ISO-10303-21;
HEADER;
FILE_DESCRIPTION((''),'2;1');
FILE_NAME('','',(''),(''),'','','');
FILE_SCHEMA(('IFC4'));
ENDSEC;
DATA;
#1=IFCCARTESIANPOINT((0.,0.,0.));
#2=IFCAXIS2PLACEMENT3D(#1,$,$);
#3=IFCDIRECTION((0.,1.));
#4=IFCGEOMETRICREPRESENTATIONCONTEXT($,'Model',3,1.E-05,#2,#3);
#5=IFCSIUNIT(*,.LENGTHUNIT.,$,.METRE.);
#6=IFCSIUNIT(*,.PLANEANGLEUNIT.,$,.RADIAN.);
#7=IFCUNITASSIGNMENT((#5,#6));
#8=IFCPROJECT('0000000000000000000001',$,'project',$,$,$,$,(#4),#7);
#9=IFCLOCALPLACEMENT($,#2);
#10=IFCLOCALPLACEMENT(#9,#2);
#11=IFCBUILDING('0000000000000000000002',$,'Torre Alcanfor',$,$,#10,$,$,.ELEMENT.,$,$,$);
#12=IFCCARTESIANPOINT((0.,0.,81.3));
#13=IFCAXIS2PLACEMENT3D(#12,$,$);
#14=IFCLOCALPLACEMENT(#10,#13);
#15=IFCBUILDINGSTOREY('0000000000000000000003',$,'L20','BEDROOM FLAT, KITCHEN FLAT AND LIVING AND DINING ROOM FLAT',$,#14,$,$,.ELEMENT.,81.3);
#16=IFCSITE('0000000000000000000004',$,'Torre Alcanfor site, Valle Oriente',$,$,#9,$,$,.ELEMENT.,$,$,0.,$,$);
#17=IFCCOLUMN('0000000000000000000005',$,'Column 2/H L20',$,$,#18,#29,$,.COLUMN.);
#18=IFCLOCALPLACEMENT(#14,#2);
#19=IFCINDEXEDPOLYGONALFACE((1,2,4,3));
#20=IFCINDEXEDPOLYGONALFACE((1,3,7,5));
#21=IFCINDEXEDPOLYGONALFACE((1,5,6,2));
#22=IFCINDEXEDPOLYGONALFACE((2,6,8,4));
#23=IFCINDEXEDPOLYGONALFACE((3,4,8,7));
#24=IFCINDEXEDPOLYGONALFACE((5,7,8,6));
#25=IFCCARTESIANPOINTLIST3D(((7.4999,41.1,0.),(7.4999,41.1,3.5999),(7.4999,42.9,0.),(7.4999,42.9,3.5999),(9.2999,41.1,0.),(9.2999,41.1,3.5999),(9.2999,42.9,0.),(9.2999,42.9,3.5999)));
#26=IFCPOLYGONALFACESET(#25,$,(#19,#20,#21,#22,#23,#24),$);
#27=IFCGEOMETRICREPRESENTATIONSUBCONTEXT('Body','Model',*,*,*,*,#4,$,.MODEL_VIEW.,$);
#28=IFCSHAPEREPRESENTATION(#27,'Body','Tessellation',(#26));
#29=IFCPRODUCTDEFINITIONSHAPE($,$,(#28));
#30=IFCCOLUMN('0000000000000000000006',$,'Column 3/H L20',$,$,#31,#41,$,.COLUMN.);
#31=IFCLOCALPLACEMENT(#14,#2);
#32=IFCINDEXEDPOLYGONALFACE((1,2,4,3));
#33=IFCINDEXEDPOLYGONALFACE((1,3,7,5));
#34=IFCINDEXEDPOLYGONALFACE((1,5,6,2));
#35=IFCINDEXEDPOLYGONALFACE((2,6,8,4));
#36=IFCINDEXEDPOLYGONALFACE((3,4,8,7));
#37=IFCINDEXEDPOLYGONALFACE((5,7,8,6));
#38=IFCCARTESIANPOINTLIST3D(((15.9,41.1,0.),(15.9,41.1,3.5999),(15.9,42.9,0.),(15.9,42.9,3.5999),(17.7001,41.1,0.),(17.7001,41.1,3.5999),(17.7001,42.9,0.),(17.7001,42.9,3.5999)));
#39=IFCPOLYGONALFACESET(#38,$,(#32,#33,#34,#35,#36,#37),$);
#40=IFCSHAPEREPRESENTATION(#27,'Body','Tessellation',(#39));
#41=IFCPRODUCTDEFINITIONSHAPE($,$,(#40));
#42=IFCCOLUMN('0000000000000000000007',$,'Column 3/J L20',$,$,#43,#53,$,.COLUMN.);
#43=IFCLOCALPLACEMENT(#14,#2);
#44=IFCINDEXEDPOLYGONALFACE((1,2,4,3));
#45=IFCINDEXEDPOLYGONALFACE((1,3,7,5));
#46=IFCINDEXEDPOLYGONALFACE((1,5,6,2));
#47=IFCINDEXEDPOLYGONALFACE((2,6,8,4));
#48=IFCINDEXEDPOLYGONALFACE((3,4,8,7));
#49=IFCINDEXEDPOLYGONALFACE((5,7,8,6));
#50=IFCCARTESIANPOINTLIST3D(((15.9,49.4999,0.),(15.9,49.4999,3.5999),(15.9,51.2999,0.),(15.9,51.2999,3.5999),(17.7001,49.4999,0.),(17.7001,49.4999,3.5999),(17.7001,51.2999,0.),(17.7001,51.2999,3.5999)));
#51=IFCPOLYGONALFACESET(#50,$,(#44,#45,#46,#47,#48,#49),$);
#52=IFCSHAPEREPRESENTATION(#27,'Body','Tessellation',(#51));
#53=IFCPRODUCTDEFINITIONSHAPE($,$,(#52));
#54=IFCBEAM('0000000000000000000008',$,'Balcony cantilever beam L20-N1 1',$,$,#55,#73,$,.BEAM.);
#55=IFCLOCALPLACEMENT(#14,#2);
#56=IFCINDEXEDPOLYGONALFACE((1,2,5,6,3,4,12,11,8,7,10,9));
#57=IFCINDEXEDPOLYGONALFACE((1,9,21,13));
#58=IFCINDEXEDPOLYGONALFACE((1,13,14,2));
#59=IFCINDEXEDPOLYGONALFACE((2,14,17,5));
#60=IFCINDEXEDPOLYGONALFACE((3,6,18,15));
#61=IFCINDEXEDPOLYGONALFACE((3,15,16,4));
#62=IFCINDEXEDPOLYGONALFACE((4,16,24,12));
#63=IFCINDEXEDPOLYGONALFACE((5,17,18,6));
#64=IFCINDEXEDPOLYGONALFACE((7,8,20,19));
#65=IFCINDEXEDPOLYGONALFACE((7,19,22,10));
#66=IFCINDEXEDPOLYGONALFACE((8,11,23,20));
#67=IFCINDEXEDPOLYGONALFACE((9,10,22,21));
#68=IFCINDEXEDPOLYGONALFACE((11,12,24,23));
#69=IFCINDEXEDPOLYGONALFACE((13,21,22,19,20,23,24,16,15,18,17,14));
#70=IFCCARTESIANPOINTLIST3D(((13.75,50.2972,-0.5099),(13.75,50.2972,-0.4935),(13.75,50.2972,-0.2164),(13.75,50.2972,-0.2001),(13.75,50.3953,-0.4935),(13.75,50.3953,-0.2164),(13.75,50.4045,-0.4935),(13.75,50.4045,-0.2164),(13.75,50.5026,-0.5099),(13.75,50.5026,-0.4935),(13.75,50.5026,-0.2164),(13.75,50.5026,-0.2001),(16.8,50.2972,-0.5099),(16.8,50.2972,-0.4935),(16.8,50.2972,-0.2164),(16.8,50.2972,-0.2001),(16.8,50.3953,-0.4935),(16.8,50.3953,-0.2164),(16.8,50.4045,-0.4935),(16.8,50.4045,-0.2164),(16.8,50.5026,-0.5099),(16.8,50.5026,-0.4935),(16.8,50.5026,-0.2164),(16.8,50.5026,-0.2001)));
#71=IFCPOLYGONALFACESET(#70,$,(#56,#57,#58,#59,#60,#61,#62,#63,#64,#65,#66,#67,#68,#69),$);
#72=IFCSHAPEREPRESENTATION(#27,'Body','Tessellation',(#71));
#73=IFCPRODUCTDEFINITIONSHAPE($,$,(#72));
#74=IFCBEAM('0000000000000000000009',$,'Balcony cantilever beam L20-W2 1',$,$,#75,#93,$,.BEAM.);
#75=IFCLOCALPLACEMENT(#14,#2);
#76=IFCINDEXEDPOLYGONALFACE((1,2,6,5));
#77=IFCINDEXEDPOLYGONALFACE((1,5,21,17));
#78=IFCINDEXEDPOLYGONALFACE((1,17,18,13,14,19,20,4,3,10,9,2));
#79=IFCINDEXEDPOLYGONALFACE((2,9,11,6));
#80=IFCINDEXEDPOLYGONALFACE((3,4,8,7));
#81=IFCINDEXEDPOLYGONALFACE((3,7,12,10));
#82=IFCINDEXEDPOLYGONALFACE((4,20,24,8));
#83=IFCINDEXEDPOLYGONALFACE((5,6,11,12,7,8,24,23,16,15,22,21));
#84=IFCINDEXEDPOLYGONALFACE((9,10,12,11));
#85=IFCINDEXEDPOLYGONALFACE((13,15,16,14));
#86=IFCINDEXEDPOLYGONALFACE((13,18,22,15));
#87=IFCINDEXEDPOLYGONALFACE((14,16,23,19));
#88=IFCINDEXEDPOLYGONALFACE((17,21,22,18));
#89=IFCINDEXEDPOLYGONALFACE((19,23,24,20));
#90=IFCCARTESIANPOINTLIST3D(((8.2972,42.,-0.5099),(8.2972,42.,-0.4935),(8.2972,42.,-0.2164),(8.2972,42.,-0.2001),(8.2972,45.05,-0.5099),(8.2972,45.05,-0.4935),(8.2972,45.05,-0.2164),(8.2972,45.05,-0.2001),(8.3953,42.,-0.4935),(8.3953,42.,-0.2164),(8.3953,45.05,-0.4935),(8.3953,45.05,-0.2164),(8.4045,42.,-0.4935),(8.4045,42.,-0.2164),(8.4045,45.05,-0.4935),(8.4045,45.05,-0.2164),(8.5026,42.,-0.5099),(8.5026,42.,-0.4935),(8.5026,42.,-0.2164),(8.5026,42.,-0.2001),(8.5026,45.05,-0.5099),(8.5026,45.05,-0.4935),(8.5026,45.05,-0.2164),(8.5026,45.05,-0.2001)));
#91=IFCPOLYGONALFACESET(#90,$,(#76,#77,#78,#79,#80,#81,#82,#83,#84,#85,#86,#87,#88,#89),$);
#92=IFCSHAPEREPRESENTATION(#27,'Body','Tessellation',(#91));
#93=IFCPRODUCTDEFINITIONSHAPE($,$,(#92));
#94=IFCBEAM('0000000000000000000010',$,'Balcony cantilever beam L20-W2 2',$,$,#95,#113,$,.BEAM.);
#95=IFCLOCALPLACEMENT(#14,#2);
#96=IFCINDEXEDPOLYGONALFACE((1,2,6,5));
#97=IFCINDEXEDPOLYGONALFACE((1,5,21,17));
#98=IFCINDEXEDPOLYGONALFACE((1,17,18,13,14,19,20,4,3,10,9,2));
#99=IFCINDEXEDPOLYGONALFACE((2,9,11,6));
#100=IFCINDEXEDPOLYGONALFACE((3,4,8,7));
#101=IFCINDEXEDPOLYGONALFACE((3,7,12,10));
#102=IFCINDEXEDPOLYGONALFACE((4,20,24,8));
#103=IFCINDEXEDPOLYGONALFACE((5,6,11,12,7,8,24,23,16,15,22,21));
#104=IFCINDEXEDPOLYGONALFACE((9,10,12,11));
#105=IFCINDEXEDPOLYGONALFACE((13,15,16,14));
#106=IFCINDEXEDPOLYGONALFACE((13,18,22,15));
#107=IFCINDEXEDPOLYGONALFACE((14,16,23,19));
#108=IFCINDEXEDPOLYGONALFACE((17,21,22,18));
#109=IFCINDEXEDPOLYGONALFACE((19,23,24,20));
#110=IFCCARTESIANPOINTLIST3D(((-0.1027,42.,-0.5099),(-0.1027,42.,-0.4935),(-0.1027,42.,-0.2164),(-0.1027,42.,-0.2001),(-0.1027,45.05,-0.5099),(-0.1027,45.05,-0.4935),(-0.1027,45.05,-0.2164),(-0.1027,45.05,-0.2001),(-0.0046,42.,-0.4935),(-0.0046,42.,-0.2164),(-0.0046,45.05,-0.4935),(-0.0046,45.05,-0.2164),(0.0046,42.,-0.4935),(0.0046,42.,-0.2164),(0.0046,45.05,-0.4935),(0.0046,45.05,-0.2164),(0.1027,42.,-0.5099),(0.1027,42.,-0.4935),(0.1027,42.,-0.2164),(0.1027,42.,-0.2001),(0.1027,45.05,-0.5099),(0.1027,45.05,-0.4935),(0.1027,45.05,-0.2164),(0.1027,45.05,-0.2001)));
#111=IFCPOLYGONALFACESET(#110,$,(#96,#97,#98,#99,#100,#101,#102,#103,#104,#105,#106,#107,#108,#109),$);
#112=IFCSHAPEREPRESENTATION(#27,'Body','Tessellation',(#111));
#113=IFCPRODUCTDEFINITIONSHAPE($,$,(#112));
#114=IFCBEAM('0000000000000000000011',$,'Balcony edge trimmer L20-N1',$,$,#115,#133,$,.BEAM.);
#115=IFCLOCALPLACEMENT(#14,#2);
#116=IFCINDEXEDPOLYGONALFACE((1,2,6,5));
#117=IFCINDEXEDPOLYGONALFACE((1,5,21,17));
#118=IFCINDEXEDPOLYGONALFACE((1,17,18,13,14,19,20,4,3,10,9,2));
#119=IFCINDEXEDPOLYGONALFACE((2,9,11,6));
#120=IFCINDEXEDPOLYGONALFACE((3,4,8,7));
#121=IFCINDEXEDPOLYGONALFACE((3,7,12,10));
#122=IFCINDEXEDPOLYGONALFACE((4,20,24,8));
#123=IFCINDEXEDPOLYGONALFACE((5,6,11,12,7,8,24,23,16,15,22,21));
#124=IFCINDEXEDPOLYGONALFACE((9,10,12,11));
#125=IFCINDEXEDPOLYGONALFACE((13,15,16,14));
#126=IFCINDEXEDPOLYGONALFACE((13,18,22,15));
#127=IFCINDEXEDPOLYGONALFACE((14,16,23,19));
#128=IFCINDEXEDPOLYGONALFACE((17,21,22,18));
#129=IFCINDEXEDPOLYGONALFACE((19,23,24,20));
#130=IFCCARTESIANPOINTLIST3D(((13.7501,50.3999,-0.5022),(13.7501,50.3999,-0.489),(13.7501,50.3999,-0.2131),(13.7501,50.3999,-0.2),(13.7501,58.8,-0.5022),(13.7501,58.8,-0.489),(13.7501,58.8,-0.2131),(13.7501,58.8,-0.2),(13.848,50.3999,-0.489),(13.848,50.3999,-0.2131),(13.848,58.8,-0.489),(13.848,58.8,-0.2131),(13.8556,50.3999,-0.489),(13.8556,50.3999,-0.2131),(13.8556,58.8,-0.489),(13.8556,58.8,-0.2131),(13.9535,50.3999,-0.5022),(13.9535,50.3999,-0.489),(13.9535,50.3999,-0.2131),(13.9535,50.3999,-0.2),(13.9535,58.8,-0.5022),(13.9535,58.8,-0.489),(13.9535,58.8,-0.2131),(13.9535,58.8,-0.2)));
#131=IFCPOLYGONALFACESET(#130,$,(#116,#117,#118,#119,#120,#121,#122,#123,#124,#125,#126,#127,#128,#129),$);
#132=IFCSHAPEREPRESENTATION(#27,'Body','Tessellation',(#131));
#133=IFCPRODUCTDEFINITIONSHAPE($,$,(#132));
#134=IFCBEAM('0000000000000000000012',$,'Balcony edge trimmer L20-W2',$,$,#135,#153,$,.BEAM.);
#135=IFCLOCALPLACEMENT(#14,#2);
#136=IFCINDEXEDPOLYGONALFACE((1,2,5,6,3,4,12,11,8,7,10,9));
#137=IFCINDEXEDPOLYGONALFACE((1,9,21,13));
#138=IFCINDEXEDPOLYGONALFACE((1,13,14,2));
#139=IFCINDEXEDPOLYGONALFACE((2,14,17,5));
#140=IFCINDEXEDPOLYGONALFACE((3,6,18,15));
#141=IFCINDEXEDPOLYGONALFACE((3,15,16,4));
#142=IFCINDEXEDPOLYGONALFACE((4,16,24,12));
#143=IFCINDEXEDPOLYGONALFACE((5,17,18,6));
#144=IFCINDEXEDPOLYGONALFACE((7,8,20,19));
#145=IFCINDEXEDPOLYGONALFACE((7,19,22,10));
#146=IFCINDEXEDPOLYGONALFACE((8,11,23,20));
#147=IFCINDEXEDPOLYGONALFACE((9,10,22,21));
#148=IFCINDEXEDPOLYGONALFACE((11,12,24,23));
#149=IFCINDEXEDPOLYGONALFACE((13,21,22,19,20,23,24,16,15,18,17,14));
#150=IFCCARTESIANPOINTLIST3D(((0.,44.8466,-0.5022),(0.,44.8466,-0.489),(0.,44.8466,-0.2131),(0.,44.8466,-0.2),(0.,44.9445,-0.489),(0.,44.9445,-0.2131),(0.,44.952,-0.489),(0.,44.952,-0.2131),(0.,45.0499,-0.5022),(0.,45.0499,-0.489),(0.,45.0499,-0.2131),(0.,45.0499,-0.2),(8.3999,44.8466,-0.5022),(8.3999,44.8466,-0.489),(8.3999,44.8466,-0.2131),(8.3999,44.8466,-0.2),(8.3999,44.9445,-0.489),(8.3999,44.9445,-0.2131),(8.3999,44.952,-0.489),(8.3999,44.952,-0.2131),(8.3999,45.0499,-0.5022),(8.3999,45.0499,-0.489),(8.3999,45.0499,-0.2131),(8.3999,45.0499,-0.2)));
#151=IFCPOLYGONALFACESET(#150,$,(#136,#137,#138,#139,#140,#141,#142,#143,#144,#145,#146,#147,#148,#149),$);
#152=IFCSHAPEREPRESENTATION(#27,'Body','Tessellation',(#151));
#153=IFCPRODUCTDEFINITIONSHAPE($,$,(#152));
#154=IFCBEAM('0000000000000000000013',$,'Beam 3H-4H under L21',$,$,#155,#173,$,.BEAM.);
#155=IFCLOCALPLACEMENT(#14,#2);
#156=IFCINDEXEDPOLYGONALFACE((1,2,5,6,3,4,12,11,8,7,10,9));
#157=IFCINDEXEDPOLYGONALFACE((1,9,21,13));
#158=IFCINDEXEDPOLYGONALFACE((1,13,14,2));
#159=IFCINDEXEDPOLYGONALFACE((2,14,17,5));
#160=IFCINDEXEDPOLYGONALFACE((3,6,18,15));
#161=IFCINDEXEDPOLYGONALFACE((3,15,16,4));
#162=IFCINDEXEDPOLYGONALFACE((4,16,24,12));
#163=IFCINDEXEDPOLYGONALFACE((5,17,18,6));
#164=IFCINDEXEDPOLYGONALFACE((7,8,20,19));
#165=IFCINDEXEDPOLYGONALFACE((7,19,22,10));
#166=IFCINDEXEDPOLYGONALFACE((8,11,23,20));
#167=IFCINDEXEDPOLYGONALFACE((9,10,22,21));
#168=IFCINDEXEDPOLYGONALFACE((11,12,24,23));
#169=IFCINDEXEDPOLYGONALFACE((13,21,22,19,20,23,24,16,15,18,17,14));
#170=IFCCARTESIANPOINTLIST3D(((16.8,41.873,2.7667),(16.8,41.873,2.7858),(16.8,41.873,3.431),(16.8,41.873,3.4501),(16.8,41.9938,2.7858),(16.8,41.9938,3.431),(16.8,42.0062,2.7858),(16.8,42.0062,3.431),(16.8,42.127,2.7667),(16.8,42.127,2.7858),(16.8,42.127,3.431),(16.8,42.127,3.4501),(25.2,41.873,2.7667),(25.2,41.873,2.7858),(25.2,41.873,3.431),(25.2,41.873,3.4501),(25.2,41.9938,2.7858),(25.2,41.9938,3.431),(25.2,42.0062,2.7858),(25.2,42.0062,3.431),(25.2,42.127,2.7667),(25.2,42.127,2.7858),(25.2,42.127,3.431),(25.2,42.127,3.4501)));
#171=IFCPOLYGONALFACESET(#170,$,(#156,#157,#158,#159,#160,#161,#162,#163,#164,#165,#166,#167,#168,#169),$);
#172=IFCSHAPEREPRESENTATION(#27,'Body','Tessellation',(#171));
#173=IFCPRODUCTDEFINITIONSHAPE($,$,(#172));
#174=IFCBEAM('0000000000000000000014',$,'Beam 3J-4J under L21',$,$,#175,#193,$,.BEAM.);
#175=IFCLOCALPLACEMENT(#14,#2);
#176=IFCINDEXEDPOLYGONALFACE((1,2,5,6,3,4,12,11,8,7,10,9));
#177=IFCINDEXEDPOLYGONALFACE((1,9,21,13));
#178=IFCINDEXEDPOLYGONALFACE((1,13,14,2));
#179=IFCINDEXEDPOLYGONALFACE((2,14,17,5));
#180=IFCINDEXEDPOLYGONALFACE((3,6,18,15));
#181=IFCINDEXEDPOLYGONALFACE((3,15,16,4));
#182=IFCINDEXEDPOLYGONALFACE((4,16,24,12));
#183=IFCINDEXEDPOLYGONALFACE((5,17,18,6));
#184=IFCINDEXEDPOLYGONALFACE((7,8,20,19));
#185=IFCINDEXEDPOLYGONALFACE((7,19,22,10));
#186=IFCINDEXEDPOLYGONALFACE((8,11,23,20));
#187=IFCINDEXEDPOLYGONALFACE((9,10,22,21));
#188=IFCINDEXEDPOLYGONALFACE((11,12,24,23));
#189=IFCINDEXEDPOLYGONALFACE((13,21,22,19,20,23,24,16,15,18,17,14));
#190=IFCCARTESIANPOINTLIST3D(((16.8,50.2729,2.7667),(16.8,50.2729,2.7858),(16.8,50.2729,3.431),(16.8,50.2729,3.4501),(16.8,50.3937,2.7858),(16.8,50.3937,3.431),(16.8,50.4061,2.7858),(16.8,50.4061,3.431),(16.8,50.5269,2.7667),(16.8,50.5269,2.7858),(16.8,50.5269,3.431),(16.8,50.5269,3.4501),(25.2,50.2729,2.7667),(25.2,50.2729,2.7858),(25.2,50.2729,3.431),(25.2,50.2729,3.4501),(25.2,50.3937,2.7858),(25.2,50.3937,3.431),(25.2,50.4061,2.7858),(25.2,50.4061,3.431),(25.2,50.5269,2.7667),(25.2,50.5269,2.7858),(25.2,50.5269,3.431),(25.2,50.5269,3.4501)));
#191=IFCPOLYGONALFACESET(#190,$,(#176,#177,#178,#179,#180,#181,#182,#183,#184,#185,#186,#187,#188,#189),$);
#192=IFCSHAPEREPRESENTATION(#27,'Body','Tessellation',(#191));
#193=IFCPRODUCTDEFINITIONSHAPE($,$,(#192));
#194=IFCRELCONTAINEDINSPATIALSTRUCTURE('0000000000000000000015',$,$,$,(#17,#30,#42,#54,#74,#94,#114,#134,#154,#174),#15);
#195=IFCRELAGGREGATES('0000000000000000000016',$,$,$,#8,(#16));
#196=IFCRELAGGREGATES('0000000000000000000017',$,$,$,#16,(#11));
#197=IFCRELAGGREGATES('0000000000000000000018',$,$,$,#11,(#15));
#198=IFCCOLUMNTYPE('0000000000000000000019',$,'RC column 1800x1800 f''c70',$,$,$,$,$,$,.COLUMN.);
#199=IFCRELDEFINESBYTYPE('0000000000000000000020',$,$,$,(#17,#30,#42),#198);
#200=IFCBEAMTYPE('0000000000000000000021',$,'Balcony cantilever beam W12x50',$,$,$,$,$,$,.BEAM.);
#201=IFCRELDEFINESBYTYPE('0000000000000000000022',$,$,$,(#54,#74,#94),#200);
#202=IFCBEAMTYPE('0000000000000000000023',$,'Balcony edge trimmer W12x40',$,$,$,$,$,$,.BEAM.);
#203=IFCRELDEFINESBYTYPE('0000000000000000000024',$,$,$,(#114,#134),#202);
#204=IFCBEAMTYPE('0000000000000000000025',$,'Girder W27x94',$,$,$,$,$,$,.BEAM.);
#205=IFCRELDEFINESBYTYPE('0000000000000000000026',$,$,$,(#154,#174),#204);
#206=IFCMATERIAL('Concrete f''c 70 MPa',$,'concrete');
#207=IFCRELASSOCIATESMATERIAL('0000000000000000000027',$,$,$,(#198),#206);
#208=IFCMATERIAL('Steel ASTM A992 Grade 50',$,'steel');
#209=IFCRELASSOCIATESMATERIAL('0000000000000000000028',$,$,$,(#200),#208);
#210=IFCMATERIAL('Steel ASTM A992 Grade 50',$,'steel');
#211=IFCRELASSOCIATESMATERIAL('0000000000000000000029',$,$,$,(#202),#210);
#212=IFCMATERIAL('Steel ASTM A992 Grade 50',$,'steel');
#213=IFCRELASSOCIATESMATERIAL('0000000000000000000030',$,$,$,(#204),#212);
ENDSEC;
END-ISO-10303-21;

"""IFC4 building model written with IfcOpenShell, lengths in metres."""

from ifc_helpers import new_model, si_unit, direction, frame, origin, origin_2d, place, context, subcontext, project, spatial, rectangle, i_section, extrude, material, material_profile, profile_set, type_object, element, save


model = new_model("IFC4")

# Units and contexts
model_context = context("Model", 3, precision=1e-05, world=origin(), true_north=direction((0.0, 1.0)))
body_context = subcontext(model_context, "Body", "Model", "MODEL_VIEW")
ifc_project = project(units=[si_unit("LENGTHUNIT", "METRE"), si_unit("PLANEANGLEUNIT", "RADIAN")], contexts=[model_context])

# Site, building, storey
site_placement = place(None, origin())
site = spatial("IfcSite", under=ifc_project, at=site_placement, Name="Torre Alcanfor site, Valle Oriente", CompositionType="ELEMENT", RefElevation=0.0)
building_placement = place(site_placement, origin())
building = spatial("IfcBuilding", under=site, at=building_placement, Name="Torre Alcanfor", CompositionType="ELEMENT")
storey_placement = place(building_placement, frame((0.0, 0.0, 81.3)))
storey = spatial("IfcBuildingStorey", under=building, at=storey_placement, Name="L20", Description="BEDROOM FLAT, KITCHEN FLAT AND LIVING AND DINING ROOM FLAT", CompositionType="ELEMENT", Elevation=81.3)

# Columns
ifc_material_1 = material(Name="Concrete f'c 70 MPa", Category="concrete")
ifc_material_profile_1 = material_profile(ifc_material_1, rectangle(XDim=1.8, YDim=1.8, at=origin_2d()), Name="1800x1800")
ifc_profile_set_1 = profile_set([ifc_material_profile_1], Name="Concrete f'c 70 MPa")
column_type = type_object("IfcColumnType", Name="RC column 1800x1800 f'c70", PredefinedType="COLUMN", material=ifc_profile_set_1)
for number, where, z_axis, x_axis, name in (
    (1, (8.3999, 42.0, 0.0), (0.0, 0.0, 1.0), (1.0, 0.0, 0.0), "Column 2/H L20"),
    (2, (16.8, 42.0, 0.0), (0.0, 0.0, 1.0), (1.0, 0.0, 0.0), "Column 3/H L20"),
    (3, (16.8, 50.3999, 0.0), (0.0, 0.0, 1.0), (1.0, 0.0, 0.0), "Column 3/J L20"),
):
    element("IfcColumn", number, at=place(storey_placement, frame(where, z_axis=z_axis, x_axis=x_axis)), inside=storey, type_object=column_type, Name=name, PredefinedType="COLUMN", context=body_context, shape_type="SweptSolid", body=[
        extrude(rectangle(XDim=1.8, YDim=1.8, at=origin_2d()), origin(), (0.0, 0.0, 1.0), 3.5999),
    ])

# Beams
ifc_material_2 = material(Name="Steel ASTM A992 Grade 50", Category="steel")
ifc_material_profile_2 = material_profile(ifc_material_2, i_section(OverallWidth=0.2053, OverallDepth=0.3098, WebThickness=0.0093, FlangeThickness=0.0164, at=origin_2d()), Name="W12x50")
ifc_profile_set_2 = profile_set([ifc_material_profile_2], Name="Steel ASTM A992 Grade 50")
beam_type_1 = type_object("IfcBeamType", Name="Balcony cantilever beam W12x50", PredefinedType="BEAM", material=ifc_profile_set_2)
for number, where, z_axis, x_axis, name in (
    (4, (16.8, 50.3999, -0.355), (-1.0, 0.0, 0.0), (0.0, -1.0, 0.0), "Balcony cantilever beam L20-N1 1"),
    (5, (8.3999, 42.0, -0.355), (0.0, 1.0, 0.0), (-1.0, 0.0, 0.0), "Balcony cantilever beam L20-W2 1"),
    (6, (0.0, 42.0, -0.355), (0.0, 1.0, 0.0), (-1.0, 0.0, 0.0), "Balcony cantilever beam L20-W2 2"),
):
    element("IfcBeam", number, at=place(storey_placement, frame(where, z_axis=z_axis, x_axis=x_axis)), inside=storey, type_object=beam_type_1, Name=name, PredefinedType="BEAM", context=body_context, shape_type="SweptSolid", body=[
        extrude(i_section(OverallWidth=0.2053, OverallDepth=0.3098, WebThickness=0.0093, FlangeThickness=0.0164, at=origin_2d()), origin(), (0.0, 0.0, 1.0), 3.05),
    ])
ifc_material_3 = material(Name="Steel ASTM A992 Grade 50", Category="steel")
ifc_material_profile_3 = material_profile(ifc_material_3, i_section(OverallWidth=0.2034, OverallDepth=0.3022, WebThickness=0.0076, FlangeThickness=0.0132, at=origin_2d()), Name="W12x40")
ifc_profile_set_3 = profile_set([ifc_material_profile_3], Name="Steel ASTM A992 Grade 50")
beam_type_2 = type_object("IfcBeamType", Name="Balcony edge trimmer W12x40", PredefinedType="BEAM", material=ifc_profile_set_3)
beam_1_placement = place(storey_placement, frame((13.8518, 50.3999, -0.3511), z_axis=(0.0, 1.0, 0.0), x_axis=(-1.0, 0.0, 0.0)))
element("IfcBeam", 7, at=beam_1_placement, inside=storey, type_object=beam_type_2, Name="Balcony edge trimmer L20-N1", PredefinedType="BEAM", context=body_context, shape_type="SweptSolid", body=[
    extrude(i_section(OverallWidth=0.2034, OverallDepth=0.3022, WebThickness=0.0076, FlangeThickness=0.0132, at=origin_2d()), origin(), (0.0, 0.0, 1.0), 8.4001),
])
beam_2_placement = place(storey_placement, frame((8.3999, 44.9482, -0.3511), z_axis=(-1.0, 0.0, 0.0), x_axis=(0.0, -1.0, 0.0)))
element("IfcBeam", 8, at=beam_2_placement, inside=storey, type_object=beam_type_2, Name="Balcony edge trimmer L20-W2", PredefinedType="BEAM", context=body_context, shape_type="SweptSolid", body=[
    extrude(i_section(OverallWidth=0.2034, OverallDepth=0.3022, WebThickness=0.0076, FlangeThickness=0.0132, at=origin_2d()), origin(), (0.0, 0.0, 1.0), 8.3999),
])
ifc_material_4 = material(Name="Steel ASTM A992 Grade 50", Category="steel")
ifc_material_profile_4 = material_profile(ifc_material_4, i_section(OverallWidth=0.2539, OverallDepth=0.6833, WebThickness=0.0125, FlangeThickness=0.019, at=origin_2d()), Name="W27x94")
ifc_profile_set_4 = profile_set([ifc_material_profile_4], Name="Steel ASTM A992 Grade 50")
beam_type_3 = type_object("IfcBeamType", Name="Girder W27x94", PredefinedType="BEAM", material=ifc_profile_set_4)
for number, where, z_axis, x_axis, name in (
    (9, (16.8, 42.0, 3.1084), (1.0, 0.0, 0.0), (0.0, 1.0, 0.0), "Beam 3H-4H under L21"),
    (10, (16.8, 50.3999, 3.1084), (1.0, 0.0, 0.0), (0.0, 1.0, 0.0), "Beam 3J-4J under L21"),
):
    element("IfcBeam", number, at=place(storey_placement, frame(where, z_axis=z_axis, x_axis=x_axis)), inside=storey, type_object=beam_type_3, Name=name, PredefinedType="BEAM", context=body_context, shape_type="SweptSolid", body=[
        extrude(i_section(OverallWidth=0.2539, OverallDepth=0.6833, WebThickness=0.0125, FlangeThickness=0.019, at=origin_2d()), origin(), (0.0, 0.0, 1.0), 8.3999),
    ])

save(model, "model.ifc")
